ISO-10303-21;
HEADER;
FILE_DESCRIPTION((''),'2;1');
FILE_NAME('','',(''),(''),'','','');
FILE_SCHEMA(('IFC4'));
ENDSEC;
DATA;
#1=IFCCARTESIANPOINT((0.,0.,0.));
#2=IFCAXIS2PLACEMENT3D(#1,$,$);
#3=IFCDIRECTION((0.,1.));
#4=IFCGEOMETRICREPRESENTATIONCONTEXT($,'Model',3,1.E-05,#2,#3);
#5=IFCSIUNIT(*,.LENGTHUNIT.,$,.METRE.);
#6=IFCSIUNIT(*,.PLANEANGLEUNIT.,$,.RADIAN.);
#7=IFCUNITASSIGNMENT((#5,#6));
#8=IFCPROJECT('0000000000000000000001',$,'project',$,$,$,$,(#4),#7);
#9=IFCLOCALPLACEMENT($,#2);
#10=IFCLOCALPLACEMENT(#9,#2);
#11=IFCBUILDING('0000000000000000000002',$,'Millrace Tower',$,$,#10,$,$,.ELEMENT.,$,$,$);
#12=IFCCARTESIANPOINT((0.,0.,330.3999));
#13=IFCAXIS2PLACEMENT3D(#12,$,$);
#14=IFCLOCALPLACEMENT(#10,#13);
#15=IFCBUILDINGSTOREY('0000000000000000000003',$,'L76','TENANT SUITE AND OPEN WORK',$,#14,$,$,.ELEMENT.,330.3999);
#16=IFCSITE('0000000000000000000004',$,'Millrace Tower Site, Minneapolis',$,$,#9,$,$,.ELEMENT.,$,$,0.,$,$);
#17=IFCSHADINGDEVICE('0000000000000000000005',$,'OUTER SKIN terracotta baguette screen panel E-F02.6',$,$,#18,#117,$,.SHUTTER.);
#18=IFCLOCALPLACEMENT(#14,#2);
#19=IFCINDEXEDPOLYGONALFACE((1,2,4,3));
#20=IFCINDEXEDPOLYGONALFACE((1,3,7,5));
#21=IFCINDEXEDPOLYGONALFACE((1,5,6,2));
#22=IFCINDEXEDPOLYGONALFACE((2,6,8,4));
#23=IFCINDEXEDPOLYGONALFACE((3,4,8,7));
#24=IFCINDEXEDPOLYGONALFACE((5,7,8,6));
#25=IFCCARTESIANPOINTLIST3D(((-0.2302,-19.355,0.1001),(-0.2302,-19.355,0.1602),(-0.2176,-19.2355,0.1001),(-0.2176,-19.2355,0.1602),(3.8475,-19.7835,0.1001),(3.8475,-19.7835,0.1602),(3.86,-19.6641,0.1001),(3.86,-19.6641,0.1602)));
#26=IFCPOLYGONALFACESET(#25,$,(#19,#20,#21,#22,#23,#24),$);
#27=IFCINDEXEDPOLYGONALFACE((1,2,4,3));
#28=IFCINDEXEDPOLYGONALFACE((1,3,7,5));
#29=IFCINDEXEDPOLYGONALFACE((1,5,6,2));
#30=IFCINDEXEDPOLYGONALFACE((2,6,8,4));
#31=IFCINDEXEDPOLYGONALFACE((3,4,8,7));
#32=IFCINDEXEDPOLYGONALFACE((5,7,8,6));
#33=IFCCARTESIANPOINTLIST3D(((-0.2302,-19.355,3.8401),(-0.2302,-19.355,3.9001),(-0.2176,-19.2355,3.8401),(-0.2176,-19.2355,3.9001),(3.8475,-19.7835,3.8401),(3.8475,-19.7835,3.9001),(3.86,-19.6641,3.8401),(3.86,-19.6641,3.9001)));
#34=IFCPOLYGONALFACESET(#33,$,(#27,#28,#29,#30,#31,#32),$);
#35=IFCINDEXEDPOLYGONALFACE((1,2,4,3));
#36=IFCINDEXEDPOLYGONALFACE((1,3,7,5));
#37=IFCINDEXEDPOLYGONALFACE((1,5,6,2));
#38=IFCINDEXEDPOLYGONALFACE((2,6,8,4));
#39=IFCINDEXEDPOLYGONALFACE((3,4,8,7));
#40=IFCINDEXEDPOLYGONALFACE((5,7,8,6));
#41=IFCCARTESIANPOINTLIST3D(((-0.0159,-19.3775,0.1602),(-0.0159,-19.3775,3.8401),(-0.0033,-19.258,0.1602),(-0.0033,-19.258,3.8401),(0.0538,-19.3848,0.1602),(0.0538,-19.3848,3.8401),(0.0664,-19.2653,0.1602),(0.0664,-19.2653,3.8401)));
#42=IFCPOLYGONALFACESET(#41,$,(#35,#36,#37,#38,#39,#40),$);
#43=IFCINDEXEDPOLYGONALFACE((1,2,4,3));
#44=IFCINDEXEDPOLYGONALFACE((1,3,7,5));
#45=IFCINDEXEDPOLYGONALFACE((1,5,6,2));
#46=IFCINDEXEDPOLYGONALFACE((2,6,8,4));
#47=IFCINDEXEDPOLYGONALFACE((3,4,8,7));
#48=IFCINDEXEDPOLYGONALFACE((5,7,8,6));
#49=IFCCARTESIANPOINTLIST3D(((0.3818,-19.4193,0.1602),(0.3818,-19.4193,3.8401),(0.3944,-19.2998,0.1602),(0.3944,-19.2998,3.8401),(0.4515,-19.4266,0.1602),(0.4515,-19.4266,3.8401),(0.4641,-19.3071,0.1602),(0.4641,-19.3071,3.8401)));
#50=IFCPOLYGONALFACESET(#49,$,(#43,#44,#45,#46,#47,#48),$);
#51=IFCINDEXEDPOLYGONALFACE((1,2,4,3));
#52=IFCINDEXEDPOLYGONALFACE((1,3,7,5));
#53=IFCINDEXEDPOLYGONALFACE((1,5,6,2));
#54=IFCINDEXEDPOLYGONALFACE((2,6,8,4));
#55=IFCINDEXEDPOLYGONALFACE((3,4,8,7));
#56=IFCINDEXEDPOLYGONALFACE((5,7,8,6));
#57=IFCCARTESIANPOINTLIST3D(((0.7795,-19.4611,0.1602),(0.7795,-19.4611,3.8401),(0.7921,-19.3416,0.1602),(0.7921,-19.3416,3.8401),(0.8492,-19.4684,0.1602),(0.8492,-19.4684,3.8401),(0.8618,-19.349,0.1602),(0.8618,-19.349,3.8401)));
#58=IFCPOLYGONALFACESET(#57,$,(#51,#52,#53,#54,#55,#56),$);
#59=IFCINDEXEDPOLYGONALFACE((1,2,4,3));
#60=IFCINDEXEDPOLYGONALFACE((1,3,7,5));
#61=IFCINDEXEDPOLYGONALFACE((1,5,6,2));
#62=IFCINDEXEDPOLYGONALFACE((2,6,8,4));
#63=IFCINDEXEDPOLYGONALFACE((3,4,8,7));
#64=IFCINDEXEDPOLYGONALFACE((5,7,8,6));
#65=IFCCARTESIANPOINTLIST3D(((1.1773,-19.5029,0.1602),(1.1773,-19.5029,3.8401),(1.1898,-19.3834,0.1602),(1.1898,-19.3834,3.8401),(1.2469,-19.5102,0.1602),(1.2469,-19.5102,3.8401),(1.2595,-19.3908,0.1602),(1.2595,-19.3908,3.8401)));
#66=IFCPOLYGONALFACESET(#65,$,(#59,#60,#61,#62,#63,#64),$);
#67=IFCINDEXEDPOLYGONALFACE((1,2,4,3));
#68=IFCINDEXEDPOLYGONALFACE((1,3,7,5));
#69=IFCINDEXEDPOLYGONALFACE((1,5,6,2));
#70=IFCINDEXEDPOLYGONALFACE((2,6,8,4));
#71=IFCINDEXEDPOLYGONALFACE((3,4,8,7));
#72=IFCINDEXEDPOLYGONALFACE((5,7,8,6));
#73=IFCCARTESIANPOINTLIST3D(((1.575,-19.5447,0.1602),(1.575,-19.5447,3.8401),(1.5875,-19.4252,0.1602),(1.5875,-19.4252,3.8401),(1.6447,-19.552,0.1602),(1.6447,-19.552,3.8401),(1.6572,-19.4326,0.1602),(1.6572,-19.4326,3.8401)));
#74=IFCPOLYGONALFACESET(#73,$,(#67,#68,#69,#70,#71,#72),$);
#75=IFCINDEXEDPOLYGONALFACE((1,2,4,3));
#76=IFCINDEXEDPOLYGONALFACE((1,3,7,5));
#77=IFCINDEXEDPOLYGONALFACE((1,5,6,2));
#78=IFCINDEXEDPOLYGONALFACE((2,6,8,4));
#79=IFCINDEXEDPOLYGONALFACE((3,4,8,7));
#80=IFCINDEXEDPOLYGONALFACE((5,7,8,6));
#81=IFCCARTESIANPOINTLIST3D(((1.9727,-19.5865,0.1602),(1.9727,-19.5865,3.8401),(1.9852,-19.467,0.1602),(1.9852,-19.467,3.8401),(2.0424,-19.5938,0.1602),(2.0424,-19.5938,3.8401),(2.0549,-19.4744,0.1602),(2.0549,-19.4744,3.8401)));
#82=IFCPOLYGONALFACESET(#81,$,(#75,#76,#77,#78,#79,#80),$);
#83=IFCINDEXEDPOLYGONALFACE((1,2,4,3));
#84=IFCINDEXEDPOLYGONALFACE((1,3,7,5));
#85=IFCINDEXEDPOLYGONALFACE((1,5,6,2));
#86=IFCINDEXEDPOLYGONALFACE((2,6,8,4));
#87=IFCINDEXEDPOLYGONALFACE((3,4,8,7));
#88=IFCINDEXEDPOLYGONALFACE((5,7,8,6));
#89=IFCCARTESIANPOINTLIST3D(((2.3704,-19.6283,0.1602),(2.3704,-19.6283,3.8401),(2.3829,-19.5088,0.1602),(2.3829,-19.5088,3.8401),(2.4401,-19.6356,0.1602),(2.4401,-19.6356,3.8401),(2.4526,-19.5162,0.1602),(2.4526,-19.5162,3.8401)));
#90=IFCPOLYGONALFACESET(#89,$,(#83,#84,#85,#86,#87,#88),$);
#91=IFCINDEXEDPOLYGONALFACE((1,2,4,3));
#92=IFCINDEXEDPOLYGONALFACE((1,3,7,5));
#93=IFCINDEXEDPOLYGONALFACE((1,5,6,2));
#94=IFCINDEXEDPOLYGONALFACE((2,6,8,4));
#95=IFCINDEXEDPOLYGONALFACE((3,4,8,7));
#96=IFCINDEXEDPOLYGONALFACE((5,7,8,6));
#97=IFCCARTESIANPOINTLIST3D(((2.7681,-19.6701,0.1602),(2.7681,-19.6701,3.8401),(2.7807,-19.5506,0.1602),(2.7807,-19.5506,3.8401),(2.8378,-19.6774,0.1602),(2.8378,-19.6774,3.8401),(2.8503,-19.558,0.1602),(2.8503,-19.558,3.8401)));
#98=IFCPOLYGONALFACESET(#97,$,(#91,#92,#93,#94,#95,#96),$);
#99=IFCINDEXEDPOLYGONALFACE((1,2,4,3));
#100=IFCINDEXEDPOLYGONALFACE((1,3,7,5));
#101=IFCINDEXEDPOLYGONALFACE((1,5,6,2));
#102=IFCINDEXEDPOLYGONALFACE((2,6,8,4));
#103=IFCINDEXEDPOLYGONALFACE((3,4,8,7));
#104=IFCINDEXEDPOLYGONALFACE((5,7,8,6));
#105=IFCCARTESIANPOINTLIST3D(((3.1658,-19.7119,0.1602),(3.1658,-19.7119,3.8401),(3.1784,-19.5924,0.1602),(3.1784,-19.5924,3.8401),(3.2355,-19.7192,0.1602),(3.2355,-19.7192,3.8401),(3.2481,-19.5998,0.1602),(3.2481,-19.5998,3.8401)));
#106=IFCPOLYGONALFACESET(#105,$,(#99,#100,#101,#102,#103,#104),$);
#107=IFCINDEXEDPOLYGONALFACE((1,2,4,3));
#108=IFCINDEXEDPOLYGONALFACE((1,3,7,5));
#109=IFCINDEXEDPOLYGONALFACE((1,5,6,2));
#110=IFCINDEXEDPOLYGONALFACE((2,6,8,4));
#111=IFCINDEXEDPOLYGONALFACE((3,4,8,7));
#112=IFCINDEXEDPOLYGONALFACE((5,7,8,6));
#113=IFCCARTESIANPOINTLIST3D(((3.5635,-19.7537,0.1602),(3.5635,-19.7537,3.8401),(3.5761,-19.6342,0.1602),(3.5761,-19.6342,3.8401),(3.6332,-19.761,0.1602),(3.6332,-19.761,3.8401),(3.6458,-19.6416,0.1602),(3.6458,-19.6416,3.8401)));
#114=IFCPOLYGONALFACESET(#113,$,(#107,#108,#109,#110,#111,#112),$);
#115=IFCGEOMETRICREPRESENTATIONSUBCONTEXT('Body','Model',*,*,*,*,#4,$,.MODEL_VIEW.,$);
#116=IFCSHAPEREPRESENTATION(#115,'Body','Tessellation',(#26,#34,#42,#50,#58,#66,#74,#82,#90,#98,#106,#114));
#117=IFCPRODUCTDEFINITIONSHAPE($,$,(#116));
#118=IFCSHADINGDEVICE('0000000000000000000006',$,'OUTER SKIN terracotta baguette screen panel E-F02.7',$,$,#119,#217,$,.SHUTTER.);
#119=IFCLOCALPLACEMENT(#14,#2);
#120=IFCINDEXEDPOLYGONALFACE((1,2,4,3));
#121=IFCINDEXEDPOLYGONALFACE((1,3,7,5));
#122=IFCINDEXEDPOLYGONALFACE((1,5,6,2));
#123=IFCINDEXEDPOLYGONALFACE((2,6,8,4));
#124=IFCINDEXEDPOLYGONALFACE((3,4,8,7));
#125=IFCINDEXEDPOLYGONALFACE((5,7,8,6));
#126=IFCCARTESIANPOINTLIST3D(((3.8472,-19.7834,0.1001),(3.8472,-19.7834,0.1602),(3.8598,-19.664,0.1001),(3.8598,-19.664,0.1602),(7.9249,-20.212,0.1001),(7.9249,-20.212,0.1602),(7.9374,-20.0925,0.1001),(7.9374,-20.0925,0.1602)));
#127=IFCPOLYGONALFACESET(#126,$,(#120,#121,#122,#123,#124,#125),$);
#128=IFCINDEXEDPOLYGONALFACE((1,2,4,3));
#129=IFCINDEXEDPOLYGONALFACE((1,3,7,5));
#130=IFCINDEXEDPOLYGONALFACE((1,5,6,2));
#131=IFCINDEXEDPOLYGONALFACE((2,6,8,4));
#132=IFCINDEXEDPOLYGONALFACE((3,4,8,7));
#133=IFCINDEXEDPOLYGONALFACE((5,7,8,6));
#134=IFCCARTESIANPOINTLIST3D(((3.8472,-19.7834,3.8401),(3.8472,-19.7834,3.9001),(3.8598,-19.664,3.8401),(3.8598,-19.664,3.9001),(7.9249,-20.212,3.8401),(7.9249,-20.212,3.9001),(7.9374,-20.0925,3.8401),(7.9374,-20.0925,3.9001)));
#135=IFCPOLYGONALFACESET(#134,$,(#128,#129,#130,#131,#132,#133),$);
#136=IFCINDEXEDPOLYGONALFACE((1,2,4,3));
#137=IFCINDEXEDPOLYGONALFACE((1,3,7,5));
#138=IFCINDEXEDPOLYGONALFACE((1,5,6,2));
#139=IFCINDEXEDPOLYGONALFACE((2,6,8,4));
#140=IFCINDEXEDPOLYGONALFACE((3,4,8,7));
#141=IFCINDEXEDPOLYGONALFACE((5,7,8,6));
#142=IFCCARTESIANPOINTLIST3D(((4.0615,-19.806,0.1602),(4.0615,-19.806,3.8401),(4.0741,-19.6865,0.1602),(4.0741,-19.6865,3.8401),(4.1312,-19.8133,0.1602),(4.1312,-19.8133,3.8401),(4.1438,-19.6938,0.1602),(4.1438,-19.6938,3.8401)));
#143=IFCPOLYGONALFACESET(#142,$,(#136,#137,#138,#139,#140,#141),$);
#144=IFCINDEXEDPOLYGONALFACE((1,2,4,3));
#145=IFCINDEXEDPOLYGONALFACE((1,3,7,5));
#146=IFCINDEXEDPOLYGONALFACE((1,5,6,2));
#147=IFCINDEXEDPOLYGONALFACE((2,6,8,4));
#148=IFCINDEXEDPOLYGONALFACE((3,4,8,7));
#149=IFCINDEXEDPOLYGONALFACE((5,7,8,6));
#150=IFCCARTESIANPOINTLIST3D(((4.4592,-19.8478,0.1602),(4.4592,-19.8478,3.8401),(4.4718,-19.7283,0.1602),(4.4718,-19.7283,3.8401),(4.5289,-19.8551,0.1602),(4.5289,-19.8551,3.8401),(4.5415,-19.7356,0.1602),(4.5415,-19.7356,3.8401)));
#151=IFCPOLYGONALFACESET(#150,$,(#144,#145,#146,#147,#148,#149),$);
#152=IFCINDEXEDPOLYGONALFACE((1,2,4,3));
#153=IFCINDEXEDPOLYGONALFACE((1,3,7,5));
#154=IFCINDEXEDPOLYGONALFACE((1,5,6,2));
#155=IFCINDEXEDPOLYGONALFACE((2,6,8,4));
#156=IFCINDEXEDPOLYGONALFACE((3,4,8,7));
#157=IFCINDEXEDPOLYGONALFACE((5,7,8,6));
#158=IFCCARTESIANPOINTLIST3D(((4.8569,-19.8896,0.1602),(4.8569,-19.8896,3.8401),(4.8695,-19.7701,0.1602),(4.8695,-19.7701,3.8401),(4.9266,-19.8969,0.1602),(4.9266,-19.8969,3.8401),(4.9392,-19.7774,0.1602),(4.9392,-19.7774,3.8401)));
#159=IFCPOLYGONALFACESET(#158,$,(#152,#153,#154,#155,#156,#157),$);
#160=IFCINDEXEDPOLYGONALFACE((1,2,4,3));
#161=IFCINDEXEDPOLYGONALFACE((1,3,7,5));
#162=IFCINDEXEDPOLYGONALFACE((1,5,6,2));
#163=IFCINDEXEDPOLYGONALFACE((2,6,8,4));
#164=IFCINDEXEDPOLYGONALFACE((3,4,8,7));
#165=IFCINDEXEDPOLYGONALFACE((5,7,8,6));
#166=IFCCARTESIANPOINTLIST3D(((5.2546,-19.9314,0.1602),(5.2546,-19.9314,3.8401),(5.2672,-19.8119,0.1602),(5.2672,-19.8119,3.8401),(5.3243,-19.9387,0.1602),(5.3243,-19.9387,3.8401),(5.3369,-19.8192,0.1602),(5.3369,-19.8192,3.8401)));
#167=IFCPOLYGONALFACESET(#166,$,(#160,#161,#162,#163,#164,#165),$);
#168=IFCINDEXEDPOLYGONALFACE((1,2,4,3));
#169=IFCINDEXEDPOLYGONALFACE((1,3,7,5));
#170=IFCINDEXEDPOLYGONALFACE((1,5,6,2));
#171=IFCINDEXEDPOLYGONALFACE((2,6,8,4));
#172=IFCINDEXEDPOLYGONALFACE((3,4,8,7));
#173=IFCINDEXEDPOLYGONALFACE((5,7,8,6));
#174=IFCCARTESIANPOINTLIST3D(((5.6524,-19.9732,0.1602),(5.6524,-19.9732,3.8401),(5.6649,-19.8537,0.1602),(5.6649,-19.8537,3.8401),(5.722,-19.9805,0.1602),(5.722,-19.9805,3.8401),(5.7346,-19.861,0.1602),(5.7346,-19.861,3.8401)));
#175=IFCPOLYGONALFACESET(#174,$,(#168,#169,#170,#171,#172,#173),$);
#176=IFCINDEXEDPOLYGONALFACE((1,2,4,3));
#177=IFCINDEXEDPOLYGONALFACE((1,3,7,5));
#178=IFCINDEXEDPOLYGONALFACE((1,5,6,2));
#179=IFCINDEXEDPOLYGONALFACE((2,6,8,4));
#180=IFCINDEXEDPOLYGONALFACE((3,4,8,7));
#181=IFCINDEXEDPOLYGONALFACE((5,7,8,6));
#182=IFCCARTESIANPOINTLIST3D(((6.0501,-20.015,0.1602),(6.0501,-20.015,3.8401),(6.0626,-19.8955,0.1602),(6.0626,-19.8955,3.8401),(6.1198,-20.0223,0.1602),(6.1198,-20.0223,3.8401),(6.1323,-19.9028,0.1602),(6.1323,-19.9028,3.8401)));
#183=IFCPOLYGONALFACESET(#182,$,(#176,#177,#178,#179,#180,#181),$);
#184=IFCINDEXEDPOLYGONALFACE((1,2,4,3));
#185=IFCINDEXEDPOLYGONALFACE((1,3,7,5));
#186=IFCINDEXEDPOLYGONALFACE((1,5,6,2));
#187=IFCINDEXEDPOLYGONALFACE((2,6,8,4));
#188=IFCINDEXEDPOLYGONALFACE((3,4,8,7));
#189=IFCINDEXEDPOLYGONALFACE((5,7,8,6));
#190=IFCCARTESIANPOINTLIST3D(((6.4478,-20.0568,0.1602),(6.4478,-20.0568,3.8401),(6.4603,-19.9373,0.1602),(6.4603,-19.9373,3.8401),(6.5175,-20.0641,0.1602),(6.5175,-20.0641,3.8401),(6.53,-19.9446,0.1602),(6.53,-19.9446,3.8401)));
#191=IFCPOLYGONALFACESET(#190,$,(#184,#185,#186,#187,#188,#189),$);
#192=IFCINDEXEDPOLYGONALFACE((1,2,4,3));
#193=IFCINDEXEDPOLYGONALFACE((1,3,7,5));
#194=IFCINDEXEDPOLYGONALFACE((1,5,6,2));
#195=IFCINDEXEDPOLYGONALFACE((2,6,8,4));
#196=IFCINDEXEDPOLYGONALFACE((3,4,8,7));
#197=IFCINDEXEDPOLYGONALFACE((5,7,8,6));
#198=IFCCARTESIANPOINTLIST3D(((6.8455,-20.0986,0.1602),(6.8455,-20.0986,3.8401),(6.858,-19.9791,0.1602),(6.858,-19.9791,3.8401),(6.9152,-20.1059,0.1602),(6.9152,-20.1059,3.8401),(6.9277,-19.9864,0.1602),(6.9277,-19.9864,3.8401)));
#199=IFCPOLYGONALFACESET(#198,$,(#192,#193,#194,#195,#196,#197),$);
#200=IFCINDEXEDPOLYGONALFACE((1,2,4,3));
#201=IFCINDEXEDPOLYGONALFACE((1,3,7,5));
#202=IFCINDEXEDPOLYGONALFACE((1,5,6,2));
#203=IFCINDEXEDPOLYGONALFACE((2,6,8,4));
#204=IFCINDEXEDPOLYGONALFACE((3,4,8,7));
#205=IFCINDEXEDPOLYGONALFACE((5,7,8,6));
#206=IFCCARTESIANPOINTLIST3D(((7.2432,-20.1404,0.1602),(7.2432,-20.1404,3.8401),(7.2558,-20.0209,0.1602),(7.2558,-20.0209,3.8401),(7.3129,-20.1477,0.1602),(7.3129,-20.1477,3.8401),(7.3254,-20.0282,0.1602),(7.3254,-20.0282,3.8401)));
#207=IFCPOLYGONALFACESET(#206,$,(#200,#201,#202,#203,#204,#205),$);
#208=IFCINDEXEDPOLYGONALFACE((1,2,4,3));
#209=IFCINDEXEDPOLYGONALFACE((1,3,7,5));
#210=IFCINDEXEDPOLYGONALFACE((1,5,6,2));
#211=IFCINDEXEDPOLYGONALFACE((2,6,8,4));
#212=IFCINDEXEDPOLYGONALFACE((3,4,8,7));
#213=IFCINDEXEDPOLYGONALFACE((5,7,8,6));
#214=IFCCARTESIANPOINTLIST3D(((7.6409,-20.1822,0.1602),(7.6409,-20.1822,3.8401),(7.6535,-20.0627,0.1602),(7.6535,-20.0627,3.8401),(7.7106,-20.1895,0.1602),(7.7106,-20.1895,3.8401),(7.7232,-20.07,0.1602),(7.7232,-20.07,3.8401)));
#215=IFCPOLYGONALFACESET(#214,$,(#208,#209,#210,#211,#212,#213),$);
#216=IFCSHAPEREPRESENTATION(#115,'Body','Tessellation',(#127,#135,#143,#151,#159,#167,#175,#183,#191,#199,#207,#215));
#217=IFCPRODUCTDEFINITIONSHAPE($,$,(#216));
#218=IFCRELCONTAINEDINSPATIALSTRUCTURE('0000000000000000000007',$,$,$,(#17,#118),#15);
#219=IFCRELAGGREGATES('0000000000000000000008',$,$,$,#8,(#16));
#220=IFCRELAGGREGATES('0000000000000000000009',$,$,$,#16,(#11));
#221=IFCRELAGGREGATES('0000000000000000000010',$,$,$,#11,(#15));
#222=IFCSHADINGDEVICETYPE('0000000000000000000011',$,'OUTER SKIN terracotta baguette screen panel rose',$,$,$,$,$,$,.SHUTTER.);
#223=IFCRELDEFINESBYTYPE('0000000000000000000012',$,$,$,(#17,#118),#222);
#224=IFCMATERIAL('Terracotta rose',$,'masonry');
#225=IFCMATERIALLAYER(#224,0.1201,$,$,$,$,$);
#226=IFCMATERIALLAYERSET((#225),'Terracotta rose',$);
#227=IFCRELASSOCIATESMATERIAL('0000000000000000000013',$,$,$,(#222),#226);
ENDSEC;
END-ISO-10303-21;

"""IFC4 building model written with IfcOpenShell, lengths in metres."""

from ifc_helpers import new_model, entity, si_unit, direction, frame, frame_2d, origin, place, context, subcontext, project, spatial, rectangle, extrude, source, transform, mapped, material, layer, layer_set, type_object, element, save


model = new_model("IFC4")

# Units and contexts
model_context = context("Model", 3, precision=1e-05, world=origin(), true_north=direction((0.0, 1.0)))
body_context = subcontext(model_context, "Body", "Model", "MODEL_VIEW")
ifc_project = project(units=[si_unit("LENGTHUNIT", "METRE"), si_unit("PLANEANGLEUNIT", "RADIAN")], contexts=[model_context])

# Site, building, storey
site_placement = place(None, origin())
site = spatial("IfcSite", under=ifc_project, at=site_placement, Name="Millrace Tower Site, Minneapolis", CompositionType="ELEMENT", RefElevation=0.0)
building_placement = place(site_placement, origin())
building = spatial("IfcBuilding", under=site, at=building_placement, Name="Millrace Tower", CompositionType="ELEMENT")
storey_placement = place(building_placement, frame((0.0, 0.0, 330.3999)))
storey = spatial("IfcBuildingStorey", under=building, at=storey_placement, Name="L76", Description="TENANT SUITE AND OPEN WORK", CompositionType="ELEMENT", Elevation=330.3999)

# Shading devices
ifc_material_1 = material(Name="Terracotta rose", Category="masonry")
ifc_layer_1 = layer(ifc_material_1, 0.1201)
ifc_layer_set_1 = layer_set([ifc_layer_1], Name="Terracotta rose")
shading_device_type = type_object("IfcShadingDeviceType", Name="OUTER SKIN terracotta baguette screen panel rose", PredefinedType="SHUTTER", material=ifc_layer_set_1)
cartesian_point = entity("IfcCartesianPoint", [-2.05, 0.0601])
shared_polyline = entity("IfcPolyline", [cartesian_point, entity("IfcCartesianPoint", [2.05, 0.0601]), entity("IfcCartesianPoint", [2.05, -0.0601]), entity("IfcCartesianPoint", [-2.05, -0.0601]), cartesian_point])
shared_shape = source(origin(), body_context, "Body", "SweptSolid", [
    entity("IfcExtrudedAreaSolid", entity("IfcArbitraryClosedProfileDef", "AREA", None, shared_polyline), entity("IfcAxis2Placement3D", entity("IfcCartesianPoint", [0.0, 0.0, 0.0])), entity("IfcDirection", [0.0, 0.0, 1.0]), 0.0601),
    entity("IfcExtrudedAreaSolid", entity("IfcArbitraryClosedProfileDef", "AREA", None, shared_polyline), entity("IfcAxis2Placement3D", entity("IfcCartesianPoint", [0.0, 0.0, 3.74])), entity("IfcDirection", [0.0, 0.0, 1.0]), 0.0601),
    extrude(rectangle(XDim=0.0701, YDim=0.1201, at=frame_2d((-1.7996, 0.0))), frame((0.0, 0.0, 0.0601)), (0.0, 0.0, 1.0), 3.6799),
    extrude(rectangle(XDim=0.0701, YDim=0.1201, at=frame_2d((-1.3997, 0.0))), frame((0.0, 0.0, 0.0601)), (0.0, 0.0, 1.0), 3.6799),
    extrude(rectangle(XDim=0.0701, YDim=0.1201, at=frame_2d((-0.9998, 0.0))), frame((0.0, 0.0, 0.0601)), (0.0, 0.0, 1.0), 3.6799),
    extrude(rectangle(XDim=0.0701, YDim=0.1201, at=frame_2d((-0.5999, 0.0))), frame((0.0, 0.0, 0.0601)), (0.0, 0.0, 1.0), 3.6799),
    extrude(rectangle(XDim=0.0701, YDim=0.1201, at=frame_2d((-0.2, 0.0))), frame((0.0, 0.0, 0.0601)), (0.0, 0.0, 1.0), 3.6799),
    extrude(rectangle(XDim=0.0701, YDim=0.1201, at=frame_2d((0.2, 0.0))), frame((0.0, 0.0, 0.0601)), (0.0, 0.0, 1.0), 3.6799),
    extrude(rectangle(XDim=0.0701, YDim=0.1201, at=frame_2d((0.5999, 0.0))), frame((0.0, 0.0, 0.0601)), (0.0, 0.0, 1.0), 3.6799),
    extrude(rectangle(XDim=0.0701, YDim=0.1201, at=frame_2d((0.9998, 0.0))), frame((0.0, 0.0, 0.0601)), (0.0, 0.0, 1.0), 3.6799),
    extrude(rectangle(XDim=0.0701, YDim=0.1201, at=frame_2d((1.3997, 0.0))), frame((0.0, 0.0, 0.0601)), (0.0, 0.0, 1.0), 3.6799),
    extrude(rectangle(XDim=0.0701, YDim=0.1201, at=frame_2d((1.7996, 0.0))), frame((0.0, 0.0, 0.0601)), (0.0, 0.0, 1.0), 3.6799),
])
for number, where, z_axis, x_axis, name in (
    (1, (1.8149, -19.5095, 0.1001), (0.0, 0.0, 1.0), (0.994522, -0.104528, 0.0), "OUTER SKIN terracotta baguette screen panel E-F02.6"),
    (2, (5.8923, -19.938, 0.1001), (0.0, 0.0, 1.0), (0.994522, -0.104528, 0.0), "OUTER SKIN terracotta baguette screen panel E-F02.7"),
):
    element("IfcShadingDevice", number, at=place(storey_placement, frame(where, z_axis=z_axis, x_axis=x_axis)), inside=storey, type_object=shading_device_type, Name=name, PredefinedType="SHUTTER", context=body_context, shape_type="MappedRepresentation", body=[
        mapped(shared_shape, transform((0.0, 0.0, 0.0), scale=1.0)),
    ])

save(model, "model.ifc")
